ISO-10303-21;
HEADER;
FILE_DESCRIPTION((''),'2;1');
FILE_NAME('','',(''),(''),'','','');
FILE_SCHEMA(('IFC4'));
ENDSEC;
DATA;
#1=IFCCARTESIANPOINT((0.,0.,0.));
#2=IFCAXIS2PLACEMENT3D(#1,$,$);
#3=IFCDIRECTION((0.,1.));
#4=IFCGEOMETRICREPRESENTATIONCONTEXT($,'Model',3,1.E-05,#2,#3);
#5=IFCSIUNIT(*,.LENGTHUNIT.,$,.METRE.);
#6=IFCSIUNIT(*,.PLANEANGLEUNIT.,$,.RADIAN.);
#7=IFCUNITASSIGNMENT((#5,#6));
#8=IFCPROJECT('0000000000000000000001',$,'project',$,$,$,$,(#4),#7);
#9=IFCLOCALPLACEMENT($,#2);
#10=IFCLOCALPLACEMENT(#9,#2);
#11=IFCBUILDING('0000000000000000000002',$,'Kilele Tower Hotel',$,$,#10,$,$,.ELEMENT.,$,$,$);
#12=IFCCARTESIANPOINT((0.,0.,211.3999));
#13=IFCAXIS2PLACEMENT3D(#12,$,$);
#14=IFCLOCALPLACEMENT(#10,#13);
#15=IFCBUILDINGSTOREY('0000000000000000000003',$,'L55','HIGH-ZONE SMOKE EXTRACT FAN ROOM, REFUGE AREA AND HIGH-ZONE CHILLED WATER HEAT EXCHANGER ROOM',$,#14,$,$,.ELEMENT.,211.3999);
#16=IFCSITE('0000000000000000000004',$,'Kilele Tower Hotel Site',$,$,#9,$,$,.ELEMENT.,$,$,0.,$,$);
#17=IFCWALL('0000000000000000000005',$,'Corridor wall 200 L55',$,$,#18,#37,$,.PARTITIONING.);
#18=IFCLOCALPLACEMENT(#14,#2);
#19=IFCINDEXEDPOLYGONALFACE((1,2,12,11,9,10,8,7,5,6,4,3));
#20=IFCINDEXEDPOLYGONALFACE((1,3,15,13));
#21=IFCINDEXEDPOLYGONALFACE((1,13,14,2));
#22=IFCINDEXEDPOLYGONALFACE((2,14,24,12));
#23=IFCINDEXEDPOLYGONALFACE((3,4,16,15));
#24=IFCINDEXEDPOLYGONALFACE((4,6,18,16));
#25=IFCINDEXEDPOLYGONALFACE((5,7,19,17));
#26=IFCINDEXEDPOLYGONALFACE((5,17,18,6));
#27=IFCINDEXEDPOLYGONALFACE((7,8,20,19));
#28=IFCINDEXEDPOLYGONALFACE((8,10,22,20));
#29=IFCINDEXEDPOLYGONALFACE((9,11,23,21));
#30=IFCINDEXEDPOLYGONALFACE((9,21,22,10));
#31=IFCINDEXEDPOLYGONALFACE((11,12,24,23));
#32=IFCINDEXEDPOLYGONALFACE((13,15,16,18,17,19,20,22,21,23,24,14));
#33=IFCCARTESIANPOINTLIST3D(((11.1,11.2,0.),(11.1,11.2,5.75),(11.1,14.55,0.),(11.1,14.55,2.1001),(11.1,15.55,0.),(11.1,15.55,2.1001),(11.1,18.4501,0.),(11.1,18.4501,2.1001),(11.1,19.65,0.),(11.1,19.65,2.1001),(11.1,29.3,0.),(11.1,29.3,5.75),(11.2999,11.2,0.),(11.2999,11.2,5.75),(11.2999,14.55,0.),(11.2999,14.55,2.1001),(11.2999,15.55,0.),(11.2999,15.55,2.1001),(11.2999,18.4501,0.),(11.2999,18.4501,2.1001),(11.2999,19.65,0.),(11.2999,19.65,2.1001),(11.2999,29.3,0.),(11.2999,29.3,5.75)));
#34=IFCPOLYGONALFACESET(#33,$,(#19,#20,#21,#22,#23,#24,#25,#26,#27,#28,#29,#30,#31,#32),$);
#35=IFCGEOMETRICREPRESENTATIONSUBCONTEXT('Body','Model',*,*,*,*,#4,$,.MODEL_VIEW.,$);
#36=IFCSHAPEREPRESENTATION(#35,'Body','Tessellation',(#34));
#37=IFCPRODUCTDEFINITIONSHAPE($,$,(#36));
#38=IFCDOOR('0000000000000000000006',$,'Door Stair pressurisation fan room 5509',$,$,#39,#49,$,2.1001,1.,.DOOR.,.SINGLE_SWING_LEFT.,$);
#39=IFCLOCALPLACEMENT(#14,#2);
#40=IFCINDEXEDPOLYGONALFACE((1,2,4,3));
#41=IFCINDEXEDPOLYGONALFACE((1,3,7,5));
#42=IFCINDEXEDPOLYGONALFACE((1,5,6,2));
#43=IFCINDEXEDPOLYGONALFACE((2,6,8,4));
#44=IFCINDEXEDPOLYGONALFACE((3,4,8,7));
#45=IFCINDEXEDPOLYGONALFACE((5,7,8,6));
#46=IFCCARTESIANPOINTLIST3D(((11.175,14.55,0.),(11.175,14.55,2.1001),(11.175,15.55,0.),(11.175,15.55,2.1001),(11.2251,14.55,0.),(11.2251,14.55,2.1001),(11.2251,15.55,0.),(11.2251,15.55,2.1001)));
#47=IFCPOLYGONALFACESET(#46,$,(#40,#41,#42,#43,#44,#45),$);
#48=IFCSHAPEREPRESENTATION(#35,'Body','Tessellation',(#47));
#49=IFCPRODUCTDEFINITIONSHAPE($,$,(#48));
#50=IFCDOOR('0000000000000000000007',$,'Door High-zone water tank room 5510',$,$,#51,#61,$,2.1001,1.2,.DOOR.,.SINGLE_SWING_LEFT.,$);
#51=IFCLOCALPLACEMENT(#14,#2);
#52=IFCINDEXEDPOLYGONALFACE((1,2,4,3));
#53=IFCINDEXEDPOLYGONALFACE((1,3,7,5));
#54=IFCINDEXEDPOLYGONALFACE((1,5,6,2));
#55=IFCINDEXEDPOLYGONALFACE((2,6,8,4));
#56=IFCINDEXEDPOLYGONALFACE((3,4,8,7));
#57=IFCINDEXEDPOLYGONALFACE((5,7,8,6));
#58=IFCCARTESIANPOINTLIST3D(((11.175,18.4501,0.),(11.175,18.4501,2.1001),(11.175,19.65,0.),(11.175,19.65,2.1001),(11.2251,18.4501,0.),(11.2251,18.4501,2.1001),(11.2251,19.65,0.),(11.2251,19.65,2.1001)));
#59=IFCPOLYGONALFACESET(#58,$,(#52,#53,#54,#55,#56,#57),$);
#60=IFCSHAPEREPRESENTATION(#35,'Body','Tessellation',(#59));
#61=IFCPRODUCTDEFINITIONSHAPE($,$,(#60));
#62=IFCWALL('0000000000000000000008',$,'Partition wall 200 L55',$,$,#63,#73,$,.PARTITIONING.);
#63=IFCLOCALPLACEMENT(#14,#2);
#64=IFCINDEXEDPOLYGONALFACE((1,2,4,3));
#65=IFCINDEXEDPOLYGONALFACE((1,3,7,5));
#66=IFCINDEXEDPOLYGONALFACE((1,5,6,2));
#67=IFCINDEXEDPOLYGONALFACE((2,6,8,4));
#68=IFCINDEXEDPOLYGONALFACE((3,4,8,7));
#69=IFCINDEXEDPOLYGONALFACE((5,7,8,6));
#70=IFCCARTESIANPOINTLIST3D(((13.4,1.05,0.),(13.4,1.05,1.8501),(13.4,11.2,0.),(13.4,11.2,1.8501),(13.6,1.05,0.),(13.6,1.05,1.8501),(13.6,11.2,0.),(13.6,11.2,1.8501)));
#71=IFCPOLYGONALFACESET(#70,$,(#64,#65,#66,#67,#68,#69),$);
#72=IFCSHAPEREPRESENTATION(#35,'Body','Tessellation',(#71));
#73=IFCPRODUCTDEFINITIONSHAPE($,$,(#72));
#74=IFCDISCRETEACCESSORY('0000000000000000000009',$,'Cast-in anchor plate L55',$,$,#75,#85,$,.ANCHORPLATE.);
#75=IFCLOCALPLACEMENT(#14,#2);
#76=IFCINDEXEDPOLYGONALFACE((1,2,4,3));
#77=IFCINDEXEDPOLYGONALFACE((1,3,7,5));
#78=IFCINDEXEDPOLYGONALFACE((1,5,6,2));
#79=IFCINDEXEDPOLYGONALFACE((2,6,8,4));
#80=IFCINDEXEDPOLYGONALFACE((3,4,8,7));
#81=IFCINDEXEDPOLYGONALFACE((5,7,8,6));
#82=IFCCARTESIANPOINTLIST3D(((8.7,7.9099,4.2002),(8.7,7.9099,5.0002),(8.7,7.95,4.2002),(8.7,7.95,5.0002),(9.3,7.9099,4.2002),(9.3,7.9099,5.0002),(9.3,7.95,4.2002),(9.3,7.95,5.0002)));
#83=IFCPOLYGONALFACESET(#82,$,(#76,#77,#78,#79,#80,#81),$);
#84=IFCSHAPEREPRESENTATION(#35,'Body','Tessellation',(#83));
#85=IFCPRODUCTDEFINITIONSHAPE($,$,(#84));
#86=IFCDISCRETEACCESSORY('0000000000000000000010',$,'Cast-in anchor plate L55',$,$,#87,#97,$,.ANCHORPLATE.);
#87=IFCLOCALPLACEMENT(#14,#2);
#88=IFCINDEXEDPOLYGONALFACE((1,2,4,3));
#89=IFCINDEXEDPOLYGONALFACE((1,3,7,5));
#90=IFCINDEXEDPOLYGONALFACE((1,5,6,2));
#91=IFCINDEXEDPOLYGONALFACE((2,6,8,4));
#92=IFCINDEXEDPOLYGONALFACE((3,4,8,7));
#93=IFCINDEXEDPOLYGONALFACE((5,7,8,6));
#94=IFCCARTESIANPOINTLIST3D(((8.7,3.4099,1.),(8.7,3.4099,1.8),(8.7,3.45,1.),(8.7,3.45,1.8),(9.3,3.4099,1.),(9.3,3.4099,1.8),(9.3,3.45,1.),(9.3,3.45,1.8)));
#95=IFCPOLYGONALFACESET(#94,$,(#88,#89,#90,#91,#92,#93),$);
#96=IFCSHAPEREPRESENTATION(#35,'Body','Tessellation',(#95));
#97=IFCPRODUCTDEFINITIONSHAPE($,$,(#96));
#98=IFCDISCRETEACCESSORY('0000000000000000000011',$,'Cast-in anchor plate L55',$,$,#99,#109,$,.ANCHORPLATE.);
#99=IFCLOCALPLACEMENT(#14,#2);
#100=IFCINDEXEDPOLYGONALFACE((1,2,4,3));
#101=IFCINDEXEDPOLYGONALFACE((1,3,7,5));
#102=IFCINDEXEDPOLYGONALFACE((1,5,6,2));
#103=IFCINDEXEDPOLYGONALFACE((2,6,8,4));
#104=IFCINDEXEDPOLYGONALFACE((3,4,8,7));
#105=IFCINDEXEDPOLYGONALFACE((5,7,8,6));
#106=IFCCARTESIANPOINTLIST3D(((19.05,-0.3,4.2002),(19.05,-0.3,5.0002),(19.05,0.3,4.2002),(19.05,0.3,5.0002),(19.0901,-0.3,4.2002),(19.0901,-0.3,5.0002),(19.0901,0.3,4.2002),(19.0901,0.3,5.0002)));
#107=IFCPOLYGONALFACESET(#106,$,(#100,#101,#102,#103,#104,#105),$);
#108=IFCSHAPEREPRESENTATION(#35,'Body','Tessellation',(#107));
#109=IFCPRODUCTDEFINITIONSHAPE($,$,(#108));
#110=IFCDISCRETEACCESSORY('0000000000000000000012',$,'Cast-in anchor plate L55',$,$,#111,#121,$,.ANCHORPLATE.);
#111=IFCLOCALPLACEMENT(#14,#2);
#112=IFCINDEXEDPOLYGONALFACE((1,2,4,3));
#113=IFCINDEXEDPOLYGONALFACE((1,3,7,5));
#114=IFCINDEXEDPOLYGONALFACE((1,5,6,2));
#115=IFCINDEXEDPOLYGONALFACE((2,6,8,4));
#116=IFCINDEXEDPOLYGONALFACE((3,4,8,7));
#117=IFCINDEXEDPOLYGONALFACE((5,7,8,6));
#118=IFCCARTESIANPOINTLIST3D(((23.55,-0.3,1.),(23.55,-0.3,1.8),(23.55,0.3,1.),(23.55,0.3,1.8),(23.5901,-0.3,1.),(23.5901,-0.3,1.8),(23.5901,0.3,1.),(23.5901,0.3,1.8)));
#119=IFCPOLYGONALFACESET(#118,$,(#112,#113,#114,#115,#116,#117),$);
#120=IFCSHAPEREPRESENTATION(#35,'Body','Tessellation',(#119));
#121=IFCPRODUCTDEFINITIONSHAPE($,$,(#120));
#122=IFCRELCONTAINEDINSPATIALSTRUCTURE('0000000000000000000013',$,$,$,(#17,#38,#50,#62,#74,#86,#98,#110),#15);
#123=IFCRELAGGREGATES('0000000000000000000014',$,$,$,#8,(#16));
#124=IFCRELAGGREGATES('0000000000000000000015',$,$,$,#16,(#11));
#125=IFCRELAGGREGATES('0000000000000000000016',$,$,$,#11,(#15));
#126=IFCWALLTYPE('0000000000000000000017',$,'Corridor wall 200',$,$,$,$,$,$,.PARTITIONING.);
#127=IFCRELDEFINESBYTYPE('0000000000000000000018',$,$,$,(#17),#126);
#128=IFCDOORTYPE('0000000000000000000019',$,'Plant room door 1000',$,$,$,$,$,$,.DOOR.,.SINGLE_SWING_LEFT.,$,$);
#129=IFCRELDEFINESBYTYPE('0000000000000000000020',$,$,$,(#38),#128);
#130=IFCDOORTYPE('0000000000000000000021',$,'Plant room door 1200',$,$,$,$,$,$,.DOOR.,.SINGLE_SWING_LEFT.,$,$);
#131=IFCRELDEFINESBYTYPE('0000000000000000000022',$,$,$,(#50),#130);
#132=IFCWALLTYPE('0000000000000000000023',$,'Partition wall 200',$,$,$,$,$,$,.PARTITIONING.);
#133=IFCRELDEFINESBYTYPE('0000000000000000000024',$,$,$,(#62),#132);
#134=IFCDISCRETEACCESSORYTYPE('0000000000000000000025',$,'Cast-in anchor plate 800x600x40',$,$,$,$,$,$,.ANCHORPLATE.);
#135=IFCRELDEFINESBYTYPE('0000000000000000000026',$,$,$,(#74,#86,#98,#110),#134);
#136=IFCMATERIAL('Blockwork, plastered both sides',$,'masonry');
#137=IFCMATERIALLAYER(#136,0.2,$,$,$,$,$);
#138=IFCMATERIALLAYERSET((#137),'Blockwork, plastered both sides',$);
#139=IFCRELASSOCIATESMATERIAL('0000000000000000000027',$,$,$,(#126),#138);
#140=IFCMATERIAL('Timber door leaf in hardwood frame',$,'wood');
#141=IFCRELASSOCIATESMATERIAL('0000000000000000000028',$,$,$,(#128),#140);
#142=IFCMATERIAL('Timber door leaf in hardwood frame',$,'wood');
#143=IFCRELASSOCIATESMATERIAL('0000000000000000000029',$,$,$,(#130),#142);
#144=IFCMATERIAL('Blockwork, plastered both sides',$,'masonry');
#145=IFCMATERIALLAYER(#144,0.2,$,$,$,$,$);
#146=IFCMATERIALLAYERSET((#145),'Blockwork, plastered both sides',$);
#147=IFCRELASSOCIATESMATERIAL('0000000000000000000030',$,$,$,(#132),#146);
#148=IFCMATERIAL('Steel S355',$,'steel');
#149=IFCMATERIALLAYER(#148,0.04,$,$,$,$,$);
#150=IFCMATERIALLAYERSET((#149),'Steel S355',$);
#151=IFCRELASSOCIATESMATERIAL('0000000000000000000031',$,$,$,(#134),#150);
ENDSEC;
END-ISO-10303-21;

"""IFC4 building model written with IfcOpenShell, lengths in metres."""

from ifc_helpers import new_model, si_unit, direction, frame, frame_2d, origin, place, context, subcontext, project, spatial, polyline, rectangle, outline, extrude, source, transform, mapped, material, layer, layer_set, type_object, element, fill, save


model = new_model("IFC4")

# Units and contexts
model_context = context("Model", 3, precision=1e-05, world=origin(), true_north=direction((0.0, 1.0)))
body_context = subcontext(model_context, "Body", "Model", "MODEL_VIEW")
ifc_project = project(units=[si_unit("LENGTHUNIT", "METRE"), si_unit("PLANEANGLEUNIT", "RADIAN")], contexts=[model_context])

# Site, building, storey
site_placement = place(None, origin())
site = spatial("IfcSite", under=ifc_project, at=site_placement, Name="Kilele Tower Hotel Site", CompositionType="ELEMENT", RefElevation=0.0)
building_placement = place(site_placement, origin())
building = spatial("IfcBuilding", under=site, at=building_placement, Name="Kilele Tower Hotel", CompositionType="ELEMENT")
storey_placement = place(building_placement, frame((0.0, 0.0, 211.3999)))
storey = spatial("IfcBuildingStorey", under=building, at=storey_placement, Name="L55", Description="HIGH-ZONE SMOKE EXTRACT FAN ROOM, REFUGE AREA AND HIGH-ZONE CHILLED WATER HEAT EXCHANGER ROOM", CompositionType="ELEMENT", Elevation=211.3999)

# Wall, openings, doors
ifc_material_1 = material(Name="Blockwork, plastered both sides", Category="masonry")
ifc_layer_1 = layer(ifc_material_1, 0.2)
ifc_layer_set_1 = layer_set([ifc_layer_1], Name="Blockwork, plastered both sides")
wall_type_1 = type_object("IfcWallType", Name="Corridor wall 200", PredefinedType="PARTITIONING", material=ifc_layer_set_1)
ifc_material_2 = material(Name="Timber door leaf in hardwood frame", Category="wood")
door_type_1 = type_object("IfcDoorType", Name="Plant room door 1000", OperationType="SINGLE_SWING_LEFT", PredefinedType="DOOR", material=ifc_material_2)
ifc_material_3 = material(Name="Timber door leaf in hardwood frame", Category="wood")
door_type_2 = type_object("IfcDoorType", Name="Plant room door 1200", OperationType="SINGLE_SWING_LEFT", PredefinedType="DOOR", material=ifc_material_3)
wall_1_placement = place(storey_placement, frame((11.2, 11.2, 0.0), z_axis=(0.0, 0.0, 1.0), x_axis=(0.0, 1.0, 0.0)))
wall_1 = element("IfcWall", 1, at=wall_1_placement, inside=storey, type_object=wall_type_1, Name="Corridor wall 200 L55", PredefinedType="PARTITIONING", context=body_context, shape_type="SweptSolid", body=[
    extrude(rectangle(XDim=18.1001, YDim=0.2, at=frame_2d((9.05, 0.0))), origin(), (0.0, 0.0, 1.0), 5.75),
])
opening_1_placement = place(wall_1_placement, frame((3.3501, 0.0, 0.0)))
opening_1 = element("IfcOpeningElement", 2, at=opening_1_placement, cuts=wall_1, PredefinedType="OPENING", context=body_context, shape_type="SweptSolid", body=[
    extrude(rectangle(XDim=1.0, YDim=2.1001, at=frame_2d((0.5, 1.05))), frame((0.0, 0.1099, 0.0), z_axis=(0.0, -1.0, 0.0), x_axis=(1.0, 0.0, 0.0)), (0.0, 0.0, 1.0), 0.22),
])
opening_2_placement = place(wall_1_placement, frame((7.25, 0.0, 0.0)))
opening_2 = element("IfcOpeningElement", 3, at=opening_2_placement, cuts=wall_1, PredefinedType="OPENING", context=body_context, shape_type="SweptSolid", body=[
    extrude(rectangle(XDim=1.2, YDim=2.1001, at=frame_2d((0.6001, 1.05))), frame((0.0, 0.1099, 0.0), z_axis=(0.0, -1.0, 0.0), x_axis=(1.0, 0.0, 0.0)), (0.0, 0.0, 1.0), 0.22),
])
door_1_placement = place(opening_1_placement, origin())
door_1 = element("IfcDoor", 4, at=door_1_placement, inside=storey, type_object=door_type_1, Name="Door Stair pressurisation fan room 5509", OperationType="SINGLE_SWING_LEFT", OverallHeight=2.1001, OverallWidth=1.0, PredefinedType="DOOR", context=body_context, shape_type="SweptSolid", body=[
    extrude(rectangle(XDim=1.0, YDim=2.1001, at=frame_2d((0.5, 1.05))), frame((0.0, 0.0249, 0.0), z_axis=(0.0, -1.0, 0.0), x_axis=(1.0, 0.0, 0.0)), (0.0, 0.0, 1.0), 0.05),
])
fill(opening_1, door_1)
door_2_placement = place(opening_2_placement, origin())
door_2 = element("IfcDoor", 5, at=door_2_placement, inside=storey, type_object=door_type_2, Name="Door High-zone water tank room 5510", OperationType="SINGLE_SWING_LEFT", OverallHeight=2.1001, OverallWidth=1.2, PredefinedType="DOOR", context=body_context, shape_type="SweptSolid", body=[
    extrude(rectangle(XDim=1.2, YDim=2.1001, at=frame_2d((0.6001, 1.05))), frame((0.0, 0.0249, 0.0), z_axis=(0.0, -1.0, 0.0), x_axis=(1.0, 0.0, 0.0)), (0.0, 0.0, 1.0), 0.05),
])
fill(opening_2, door_2)

# Wall
ifc_material_4 = material(Name="Blockwork, plastered both sides", Category="masonry")
ifc_layer_2 = layer(ifc_material_4, 0.2)
ifc_layer_set_2 = layer_set([ifc_layer_2], Name="Blockwork, plastered both sides")
wall_type_2 = type_object("IfcWallType", Name="Partition wall 200", PredefinedType="PARTITIONING", material=ifc_layer_set_2)
wall_2_placement = place(storey_placement, frame((13.5, 11.2, 0.0), z_axis=(0.0, 0.0, 1.0), x_axis=(0.0, -1.0, 0.0)))
element("IfcWall", 6, at=wall_2_placement, inside=storey, type_object=wall_type_2, Name="Partition wall 200 L55", PredefinedType="PARTITIONING", context=body_context, shape_type="SweptSolid", body=[
    extrude(rectangle(XDim=10.1499, YDim=0.2, at=frame_2d((5.075, 0.0))), origin(), (0.0, 0.0, 1.0), 1.8501),
])

# Discrete accessories
ifc_material_5 = material(Name="Steel S355", Category="steel")
ifc_layer_3 = layer(ifc_material_5, 0.04)
ifc_layer_set_3 = layer_set([ifc_layer_3], Name="Steel S355")
discrete_accessory_type = type_object("IfcDiscreteAccessoryType", Name="Cast-in anchor plate 800x600x40", PredefinedType="ANCHORPLATE", material=ifc_layer_set_3)
shared_shape = source(origin(), body_context, "Body", "SweptSolid", [
    extrude(outline(polyline([(0.0, 0.0), (0.04, 0.0), (0.04, 0.8), (0.0, 0.8), (0.0, 0.0)])), origin(), (0.0, 0.0, 1.0), 0.6001),
])
for number, where, z_axis, x_axis, name in (
    (7, (9.3, 7.95, 4.2002), (-1.0, 0.0, 0.0), (0.0, -1.0, 0.0), "Cast-in anchor plate L55"),
    (8, (9.3, 3.45, 1.0), (-1.0, 0.0, 0.0), (0.0, -1.0, 0.0), "Cast-in anchor plate L55"),
    (9, (19.05, 0.3, 4.2002), (0.0, -1.0, 0.0), (1.0, 0.0, 0.0), "Cast-in anchor plate L55"),
    (10, (23.55, 0.3, 1.0), (0.0, -1.0, 0.0), (1.0, 0.0, 0.0), "Cast-in anchor plate L55"),
):
    element("IfcDiscreteAccessory", number, at=place(storey_placement, frame(where, z_axis=z_axis, x_axis=x_axis)), inside=storey, type_object=discrete_accessory_type, Name=name, PredefinedType="ANCHORPLATE", context=body_context, shape_type="MappedRepresentation", body=[
        mapped(shared_shape, transform((0.0, 0.0, 0.0))),
    ])

save(model, "model.ifc")
